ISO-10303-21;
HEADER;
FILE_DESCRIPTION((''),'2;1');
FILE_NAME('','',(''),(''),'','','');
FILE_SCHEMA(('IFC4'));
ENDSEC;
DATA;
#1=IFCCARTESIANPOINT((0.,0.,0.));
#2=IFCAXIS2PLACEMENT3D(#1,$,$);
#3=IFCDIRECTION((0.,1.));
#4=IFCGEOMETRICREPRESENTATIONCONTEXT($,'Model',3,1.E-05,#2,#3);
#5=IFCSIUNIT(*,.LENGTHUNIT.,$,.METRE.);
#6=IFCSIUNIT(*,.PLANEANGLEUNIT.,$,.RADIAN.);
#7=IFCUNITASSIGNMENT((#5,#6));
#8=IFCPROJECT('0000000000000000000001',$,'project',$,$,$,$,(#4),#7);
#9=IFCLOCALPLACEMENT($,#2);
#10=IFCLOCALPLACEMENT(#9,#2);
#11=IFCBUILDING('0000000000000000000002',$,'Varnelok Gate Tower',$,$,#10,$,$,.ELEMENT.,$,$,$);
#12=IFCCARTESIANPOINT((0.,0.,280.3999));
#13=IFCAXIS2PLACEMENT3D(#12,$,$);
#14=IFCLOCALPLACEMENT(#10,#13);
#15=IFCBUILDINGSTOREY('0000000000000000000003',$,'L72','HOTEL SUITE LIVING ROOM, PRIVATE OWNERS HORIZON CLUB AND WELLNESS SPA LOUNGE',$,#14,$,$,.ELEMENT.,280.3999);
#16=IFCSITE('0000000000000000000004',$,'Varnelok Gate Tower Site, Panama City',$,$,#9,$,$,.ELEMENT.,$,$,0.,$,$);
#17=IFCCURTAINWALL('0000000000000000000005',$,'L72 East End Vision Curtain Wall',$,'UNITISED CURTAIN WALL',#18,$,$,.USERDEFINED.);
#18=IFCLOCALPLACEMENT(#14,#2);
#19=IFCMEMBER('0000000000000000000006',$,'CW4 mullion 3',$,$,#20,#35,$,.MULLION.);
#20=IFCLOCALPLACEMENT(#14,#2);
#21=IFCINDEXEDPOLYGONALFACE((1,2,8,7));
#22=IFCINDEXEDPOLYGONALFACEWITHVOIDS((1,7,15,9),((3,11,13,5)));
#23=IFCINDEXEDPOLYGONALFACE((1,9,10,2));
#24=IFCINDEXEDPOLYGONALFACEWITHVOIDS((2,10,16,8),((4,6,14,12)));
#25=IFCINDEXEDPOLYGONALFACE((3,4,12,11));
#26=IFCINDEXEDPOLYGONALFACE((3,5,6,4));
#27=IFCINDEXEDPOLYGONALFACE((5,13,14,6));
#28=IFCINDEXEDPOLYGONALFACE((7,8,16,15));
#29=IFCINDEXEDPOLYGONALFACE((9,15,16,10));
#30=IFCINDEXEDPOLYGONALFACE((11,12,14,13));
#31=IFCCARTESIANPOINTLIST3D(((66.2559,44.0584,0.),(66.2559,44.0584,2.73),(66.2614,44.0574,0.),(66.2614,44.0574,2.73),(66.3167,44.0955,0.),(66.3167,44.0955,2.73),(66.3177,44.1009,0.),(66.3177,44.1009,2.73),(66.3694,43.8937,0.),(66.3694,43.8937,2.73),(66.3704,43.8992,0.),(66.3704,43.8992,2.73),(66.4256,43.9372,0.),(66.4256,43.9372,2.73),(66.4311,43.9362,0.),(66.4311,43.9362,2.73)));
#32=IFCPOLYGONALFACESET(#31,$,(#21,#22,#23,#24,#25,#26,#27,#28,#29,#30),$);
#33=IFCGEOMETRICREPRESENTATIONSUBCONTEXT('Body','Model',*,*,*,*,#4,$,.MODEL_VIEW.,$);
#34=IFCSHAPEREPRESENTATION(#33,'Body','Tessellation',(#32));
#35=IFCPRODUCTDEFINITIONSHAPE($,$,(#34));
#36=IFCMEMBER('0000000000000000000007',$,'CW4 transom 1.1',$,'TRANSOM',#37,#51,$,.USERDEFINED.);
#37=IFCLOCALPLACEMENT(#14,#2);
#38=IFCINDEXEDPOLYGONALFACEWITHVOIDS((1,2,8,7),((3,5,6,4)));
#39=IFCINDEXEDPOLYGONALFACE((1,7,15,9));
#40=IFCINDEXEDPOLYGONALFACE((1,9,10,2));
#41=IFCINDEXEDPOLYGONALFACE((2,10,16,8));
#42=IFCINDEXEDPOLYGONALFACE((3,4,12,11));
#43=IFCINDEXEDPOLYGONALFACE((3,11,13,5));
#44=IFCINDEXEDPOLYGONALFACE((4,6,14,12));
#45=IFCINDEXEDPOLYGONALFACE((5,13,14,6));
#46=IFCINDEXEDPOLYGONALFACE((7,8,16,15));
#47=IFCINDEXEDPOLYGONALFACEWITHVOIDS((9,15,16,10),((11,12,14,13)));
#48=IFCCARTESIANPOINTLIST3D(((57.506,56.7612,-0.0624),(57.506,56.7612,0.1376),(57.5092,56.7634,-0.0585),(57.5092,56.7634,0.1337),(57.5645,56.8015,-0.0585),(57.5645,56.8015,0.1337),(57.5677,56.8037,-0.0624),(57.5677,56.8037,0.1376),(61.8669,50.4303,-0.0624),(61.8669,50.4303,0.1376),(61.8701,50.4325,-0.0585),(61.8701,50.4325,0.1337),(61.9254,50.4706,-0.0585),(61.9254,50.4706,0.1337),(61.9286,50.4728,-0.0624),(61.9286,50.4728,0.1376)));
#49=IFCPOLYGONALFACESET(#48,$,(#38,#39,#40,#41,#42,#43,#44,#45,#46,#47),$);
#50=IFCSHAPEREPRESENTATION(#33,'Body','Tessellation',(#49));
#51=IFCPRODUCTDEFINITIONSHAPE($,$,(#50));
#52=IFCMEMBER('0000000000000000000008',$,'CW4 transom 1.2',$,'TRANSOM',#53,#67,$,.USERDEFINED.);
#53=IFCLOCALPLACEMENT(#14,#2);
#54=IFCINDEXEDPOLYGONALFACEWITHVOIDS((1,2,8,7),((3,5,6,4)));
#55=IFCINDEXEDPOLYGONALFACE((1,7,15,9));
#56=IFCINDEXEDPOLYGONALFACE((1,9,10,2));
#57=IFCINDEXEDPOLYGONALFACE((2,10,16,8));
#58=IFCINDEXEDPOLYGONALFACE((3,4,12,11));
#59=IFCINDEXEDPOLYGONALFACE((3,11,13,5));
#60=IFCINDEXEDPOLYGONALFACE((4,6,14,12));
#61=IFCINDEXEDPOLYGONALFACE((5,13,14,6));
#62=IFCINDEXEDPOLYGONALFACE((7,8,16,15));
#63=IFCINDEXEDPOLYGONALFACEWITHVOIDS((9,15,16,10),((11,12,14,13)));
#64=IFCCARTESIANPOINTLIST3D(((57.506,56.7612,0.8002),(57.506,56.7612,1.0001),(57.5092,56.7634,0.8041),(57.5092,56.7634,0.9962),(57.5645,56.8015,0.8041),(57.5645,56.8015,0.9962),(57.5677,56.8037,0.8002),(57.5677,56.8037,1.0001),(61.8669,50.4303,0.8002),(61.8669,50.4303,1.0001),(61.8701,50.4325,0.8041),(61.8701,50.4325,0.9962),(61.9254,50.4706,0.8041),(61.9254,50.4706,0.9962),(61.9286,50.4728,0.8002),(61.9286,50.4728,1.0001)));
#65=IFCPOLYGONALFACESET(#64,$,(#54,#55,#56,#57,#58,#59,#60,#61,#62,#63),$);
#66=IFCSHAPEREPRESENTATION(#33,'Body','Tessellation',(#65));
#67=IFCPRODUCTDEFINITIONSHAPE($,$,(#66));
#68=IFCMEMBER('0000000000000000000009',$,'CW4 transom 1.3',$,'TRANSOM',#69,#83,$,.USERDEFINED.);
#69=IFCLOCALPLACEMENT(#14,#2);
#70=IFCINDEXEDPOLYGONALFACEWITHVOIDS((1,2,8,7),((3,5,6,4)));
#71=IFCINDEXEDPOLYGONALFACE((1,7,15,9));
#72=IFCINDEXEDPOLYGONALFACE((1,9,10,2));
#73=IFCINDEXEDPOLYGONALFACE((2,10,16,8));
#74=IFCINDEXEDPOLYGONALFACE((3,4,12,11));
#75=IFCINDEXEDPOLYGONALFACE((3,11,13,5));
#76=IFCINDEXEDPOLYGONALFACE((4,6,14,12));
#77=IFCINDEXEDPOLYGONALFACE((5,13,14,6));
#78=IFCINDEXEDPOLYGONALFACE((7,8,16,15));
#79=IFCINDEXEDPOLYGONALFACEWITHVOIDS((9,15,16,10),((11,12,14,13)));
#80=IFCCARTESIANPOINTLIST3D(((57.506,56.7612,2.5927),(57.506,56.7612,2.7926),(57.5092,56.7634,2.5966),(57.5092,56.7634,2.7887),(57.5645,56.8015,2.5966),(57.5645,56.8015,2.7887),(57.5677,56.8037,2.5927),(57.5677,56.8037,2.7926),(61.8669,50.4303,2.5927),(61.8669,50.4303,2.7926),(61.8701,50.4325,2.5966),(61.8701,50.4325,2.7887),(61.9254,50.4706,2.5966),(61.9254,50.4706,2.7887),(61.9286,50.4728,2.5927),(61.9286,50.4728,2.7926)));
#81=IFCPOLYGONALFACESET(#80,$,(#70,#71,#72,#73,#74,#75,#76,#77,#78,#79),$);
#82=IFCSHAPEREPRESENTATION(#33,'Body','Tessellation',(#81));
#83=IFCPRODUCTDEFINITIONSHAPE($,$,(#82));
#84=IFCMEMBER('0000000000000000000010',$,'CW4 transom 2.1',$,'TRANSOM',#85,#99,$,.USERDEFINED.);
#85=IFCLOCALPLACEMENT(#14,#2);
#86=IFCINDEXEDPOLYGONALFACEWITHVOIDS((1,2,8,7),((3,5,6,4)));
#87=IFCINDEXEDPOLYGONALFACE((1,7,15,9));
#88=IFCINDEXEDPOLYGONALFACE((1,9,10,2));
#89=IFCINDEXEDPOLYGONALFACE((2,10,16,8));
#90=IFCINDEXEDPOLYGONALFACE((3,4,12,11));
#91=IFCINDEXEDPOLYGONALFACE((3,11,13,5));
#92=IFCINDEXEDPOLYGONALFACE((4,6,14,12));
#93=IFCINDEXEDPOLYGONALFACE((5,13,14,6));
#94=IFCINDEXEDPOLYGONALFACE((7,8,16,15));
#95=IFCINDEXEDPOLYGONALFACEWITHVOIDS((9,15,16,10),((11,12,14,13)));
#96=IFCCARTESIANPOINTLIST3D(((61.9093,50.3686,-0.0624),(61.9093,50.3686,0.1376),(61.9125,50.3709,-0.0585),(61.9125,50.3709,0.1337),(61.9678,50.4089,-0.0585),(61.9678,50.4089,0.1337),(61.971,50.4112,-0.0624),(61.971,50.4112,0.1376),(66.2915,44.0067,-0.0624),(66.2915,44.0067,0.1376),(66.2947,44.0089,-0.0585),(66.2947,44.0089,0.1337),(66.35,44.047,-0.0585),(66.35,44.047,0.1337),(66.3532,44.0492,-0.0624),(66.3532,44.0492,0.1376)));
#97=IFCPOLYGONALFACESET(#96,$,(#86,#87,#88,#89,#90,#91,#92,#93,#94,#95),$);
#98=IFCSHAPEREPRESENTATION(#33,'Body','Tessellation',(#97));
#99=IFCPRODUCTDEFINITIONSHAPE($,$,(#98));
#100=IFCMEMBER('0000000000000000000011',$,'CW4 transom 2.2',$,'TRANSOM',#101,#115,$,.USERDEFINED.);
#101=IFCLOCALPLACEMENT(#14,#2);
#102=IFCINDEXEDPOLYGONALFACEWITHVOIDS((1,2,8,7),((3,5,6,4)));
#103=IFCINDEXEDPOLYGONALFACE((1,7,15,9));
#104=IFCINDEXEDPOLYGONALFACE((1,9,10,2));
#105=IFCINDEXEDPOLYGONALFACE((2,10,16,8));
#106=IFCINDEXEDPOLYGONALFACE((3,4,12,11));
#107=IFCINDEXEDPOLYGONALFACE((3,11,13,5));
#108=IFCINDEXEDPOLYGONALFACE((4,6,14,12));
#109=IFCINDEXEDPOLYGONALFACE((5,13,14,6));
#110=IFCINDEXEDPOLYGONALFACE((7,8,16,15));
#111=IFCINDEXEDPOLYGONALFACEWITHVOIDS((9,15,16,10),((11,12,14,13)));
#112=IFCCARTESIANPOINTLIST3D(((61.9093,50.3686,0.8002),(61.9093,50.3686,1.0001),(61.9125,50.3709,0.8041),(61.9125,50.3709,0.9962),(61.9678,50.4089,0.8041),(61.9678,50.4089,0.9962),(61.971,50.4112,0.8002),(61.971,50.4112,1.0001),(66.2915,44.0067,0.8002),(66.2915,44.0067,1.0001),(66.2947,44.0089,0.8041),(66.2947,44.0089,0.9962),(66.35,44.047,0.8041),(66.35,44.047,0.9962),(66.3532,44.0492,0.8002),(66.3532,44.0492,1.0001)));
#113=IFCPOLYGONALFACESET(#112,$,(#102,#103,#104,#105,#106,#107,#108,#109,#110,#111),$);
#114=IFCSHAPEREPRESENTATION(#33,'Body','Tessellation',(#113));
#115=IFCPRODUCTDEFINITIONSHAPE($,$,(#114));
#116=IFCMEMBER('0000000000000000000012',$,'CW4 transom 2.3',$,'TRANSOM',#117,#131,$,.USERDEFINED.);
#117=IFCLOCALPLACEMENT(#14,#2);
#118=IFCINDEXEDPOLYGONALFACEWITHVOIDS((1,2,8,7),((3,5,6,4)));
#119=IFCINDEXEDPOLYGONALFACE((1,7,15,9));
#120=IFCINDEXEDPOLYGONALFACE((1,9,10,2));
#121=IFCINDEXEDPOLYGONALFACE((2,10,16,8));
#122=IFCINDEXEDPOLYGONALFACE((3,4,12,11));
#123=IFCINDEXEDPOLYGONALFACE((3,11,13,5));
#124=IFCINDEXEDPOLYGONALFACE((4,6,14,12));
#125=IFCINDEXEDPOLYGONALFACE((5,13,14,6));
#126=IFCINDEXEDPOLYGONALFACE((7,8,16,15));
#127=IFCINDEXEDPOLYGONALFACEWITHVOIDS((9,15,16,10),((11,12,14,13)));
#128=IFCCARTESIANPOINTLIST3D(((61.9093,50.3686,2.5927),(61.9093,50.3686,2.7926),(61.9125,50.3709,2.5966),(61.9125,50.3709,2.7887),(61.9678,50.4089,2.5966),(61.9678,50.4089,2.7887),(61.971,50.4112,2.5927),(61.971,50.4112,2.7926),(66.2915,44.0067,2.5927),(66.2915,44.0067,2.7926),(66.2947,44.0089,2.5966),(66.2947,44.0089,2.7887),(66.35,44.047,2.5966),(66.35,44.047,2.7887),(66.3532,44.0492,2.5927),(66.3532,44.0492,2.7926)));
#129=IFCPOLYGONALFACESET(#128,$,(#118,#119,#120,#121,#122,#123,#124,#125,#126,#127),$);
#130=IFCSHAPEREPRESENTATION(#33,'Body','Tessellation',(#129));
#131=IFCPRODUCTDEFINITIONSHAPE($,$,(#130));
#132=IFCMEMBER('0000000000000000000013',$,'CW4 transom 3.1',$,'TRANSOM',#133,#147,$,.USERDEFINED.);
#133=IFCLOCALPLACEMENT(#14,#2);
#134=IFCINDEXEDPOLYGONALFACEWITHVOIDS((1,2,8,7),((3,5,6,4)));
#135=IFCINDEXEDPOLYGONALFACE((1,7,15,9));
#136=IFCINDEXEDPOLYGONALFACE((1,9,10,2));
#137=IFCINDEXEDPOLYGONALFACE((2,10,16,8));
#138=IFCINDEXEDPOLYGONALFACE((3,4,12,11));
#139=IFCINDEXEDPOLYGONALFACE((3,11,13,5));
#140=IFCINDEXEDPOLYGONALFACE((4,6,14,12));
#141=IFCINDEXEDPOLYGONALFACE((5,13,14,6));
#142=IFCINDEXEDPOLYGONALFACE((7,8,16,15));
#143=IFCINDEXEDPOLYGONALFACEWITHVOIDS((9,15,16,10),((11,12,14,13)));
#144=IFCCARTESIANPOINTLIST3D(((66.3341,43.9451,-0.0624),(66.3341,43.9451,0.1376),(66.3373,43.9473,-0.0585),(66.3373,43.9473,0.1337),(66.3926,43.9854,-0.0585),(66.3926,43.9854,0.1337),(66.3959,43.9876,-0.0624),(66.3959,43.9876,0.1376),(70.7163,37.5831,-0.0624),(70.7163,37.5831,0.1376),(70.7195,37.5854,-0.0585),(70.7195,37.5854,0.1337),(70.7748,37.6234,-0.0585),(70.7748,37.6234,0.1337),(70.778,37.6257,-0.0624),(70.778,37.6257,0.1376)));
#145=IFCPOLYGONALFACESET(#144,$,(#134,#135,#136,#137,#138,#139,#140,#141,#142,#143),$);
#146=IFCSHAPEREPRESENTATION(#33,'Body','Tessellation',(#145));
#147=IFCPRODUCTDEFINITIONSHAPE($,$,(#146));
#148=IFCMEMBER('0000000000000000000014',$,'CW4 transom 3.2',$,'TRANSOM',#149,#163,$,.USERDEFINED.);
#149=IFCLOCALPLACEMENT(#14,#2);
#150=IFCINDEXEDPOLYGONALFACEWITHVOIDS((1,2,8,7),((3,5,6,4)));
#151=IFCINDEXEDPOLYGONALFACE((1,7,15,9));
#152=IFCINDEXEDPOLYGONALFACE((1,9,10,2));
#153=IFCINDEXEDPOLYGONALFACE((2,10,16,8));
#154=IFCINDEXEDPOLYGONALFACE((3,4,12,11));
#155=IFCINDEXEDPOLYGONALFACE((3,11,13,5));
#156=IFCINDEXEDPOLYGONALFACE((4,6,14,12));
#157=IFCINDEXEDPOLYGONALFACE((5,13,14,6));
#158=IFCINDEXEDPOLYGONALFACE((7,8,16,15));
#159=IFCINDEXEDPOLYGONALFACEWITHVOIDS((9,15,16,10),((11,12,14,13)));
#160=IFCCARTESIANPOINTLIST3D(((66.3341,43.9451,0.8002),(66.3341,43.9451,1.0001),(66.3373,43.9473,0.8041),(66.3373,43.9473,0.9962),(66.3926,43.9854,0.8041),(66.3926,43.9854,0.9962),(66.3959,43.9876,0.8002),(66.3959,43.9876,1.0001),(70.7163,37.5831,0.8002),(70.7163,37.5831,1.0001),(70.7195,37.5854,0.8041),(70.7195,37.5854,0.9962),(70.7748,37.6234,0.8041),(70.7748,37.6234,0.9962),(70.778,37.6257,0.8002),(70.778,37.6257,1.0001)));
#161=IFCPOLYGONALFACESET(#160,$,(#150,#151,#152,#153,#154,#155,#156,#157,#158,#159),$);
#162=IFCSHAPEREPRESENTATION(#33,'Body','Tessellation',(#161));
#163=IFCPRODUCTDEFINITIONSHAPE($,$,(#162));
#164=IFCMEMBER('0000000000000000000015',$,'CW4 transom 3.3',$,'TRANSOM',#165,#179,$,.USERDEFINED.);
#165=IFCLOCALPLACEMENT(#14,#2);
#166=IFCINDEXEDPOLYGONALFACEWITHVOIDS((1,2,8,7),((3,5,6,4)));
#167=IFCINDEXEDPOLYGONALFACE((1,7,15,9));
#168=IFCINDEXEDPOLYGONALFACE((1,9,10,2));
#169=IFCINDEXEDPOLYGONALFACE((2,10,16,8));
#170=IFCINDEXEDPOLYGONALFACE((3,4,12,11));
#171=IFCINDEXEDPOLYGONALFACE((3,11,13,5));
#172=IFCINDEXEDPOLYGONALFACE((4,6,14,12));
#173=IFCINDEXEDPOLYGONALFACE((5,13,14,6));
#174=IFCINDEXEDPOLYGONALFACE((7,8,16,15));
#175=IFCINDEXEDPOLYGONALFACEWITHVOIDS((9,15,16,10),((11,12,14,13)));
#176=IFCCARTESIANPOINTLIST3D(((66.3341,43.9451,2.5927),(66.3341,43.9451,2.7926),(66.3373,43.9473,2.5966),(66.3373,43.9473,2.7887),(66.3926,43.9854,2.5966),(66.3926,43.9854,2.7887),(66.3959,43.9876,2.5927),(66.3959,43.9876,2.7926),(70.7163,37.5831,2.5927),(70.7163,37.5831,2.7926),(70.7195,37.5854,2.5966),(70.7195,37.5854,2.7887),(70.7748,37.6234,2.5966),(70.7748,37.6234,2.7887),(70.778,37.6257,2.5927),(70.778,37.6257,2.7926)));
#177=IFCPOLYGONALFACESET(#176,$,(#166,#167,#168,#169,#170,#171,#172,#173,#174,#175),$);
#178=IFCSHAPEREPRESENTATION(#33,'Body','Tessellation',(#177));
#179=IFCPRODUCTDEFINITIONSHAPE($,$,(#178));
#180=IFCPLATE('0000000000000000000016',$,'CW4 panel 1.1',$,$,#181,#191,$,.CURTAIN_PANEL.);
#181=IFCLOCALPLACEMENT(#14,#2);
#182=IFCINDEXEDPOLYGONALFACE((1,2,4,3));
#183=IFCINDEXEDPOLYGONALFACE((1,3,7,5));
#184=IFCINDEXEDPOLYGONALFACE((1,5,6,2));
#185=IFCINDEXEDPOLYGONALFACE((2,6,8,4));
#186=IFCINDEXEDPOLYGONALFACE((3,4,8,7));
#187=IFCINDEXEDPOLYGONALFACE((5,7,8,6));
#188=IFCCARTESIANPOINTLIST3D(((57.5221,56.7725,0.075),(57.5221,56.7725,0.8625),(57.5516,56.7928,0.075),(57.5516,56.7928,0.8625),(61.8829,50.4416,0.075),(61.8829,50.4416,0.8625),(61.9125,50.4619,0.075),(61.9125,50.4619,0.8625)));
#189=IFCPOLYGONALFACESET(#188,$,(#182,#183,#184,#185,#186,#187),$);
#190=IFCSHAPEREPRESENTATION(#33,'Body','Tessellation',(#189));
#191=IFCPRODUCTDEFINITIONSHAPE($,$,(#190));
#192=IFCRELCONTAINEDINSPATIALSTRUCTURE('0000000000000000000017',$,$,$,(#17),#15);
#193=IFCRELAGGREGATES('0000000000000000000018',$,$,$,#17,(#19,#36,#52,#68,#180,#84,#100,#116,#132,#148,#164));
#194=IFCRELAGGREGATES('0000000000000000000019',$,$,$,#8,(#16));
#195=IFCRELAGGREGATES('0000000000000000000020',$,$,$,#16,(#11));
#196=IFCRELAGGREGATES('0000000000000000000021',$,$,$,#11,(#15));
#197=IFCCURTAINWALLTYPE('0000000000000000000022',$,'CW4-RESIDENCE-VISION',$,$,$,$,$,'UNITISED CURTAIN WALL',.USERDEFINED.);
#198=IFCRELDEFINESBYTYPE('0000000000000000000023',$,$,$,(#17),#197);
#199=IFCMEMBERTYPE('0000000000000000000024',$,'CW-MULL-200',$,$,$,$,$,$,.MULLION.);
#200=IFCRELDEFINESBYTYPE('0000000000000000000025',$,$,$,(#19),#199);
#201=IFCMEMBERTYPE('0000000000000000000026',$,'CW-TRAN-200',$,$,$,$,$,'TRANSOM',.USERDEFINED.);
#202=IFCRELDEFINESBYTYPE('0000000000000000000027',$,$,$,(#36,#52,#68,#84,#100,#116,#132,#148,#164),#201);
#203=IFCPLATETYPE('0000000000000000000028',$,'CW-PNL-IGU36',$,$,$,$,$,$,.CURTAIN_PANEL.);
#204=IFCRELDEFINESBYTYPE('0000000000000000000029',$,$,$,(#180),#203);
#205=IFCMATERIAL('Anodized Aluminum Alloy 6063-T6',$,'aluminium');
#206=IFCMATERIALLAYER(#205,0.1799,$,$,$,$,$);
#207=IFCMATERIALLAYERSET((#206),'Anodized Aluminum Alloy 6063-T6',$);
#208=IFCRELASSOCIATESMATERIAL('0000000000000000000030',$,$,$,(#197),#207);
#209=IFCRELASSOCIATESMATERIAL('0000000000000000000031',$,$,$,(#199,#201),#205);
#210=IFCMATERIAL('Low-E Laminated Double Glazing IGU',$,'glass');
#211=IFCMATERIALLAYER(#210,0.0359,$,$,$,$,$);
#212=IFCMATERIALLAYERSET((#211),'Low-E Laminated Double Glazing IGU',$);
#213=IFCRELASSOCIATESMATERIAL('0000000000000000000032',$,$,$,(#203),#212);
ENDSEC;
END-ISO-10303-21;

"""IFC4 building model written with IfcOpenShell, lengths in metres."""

from ifc_helpers import new_model, si_unit, direction, frame, origin, origin_2d, place, context, subcontext, project, spatial, rectangle, hollow_rectangle, extrude, source, transform, mapped, material, layer, layer_set, material_profile, profile_set, type_object, element, aggregate, save


model = new_model("IFC4")

# Units and contexts
model_context = context("Model", 3, precision=1e-05, world=origin(), true_north=direction((0.0, 1.0)))
body_context = subcontext(model_context, "Body", "Model", "MODEL_VIEW")
ifc_project = project(units=[si_unit("LENGTHUNIT", "METRE"), si_unit("PLANEANGLEUNIT", "RADIAN")], contexts=[model_context])

# Site, building, storey
site_placement = place(None, origin())
site = spatial("IfcSite", under=ifc_project, at=site_placement, Name="Varnelok Gate Tower Site, Panama City", CompositionType="ELEMENT", RefElevation=0.0)
building_placement = place(site_placement, origin())
building = spatial("IfcBuilding", under=site, at=building_placement, Name="Varnelok Gate Tower", CompositionType="ELEMENT")
storey_placement = place(building_placement, frame((0.0, 0.0, 280.3999)))
storey = spatial("IfcBuildingStorey", under=building, at=storey_placement, Name="L72", Description="HOTEL SUITE LIVING ROOM, PRIVATE OWNERS HORIZON CLUB AND WELLNESS SPA LOUNGE", CompositionType="ELEMENT", Elevation=280.3999)

# Curtain wall, members, plate
ifc_material_1 = material(Name="Anodized Aluminum Alloy 6063-T6", Category="aluminium")
ifc_layer_1 = layer(ifc_material_1, 0.1799)
ifc_layer_set_1 = layer_set([ifc_layer_1], Name="Anodized Aluminum Alloy 6063-T6")
curtain_wall_type = type_object("IfcCurtainWallType", Name="CW4-RESIDENCE-VISION", ElementType="UNITISED CURTAIN WALL", PredefinedType="USERDEFINED", material=ifc_layer_set_1)
curtain_wall_placement = place(storey_placement, origin())
curtain_wall = element("IfcCurtainWall", 1, at=curtain_wall_placement, inside=storey, type_object=curtain_wall_type, Name="L72 East End Vision Curtain Wall", ObjectType="UNITISED CURTAIN WALL", PredefinedType="USERDEFINED")
ifc_material_profile_1 = material_profile(ifc_material_1, hollow_rectangle(XDim=0.075, YDim=0.2, WallThickness=0.0039, at=origin_2d()), Name="ALU200X75X4")
ifc_profile_set_1 = profile_set([ifc_material_profile_1], Name="Anodized Aluminum Alloy 6063-T6")
member_type_1 = type_object("IfcMemberType", Name="CW-MULL-200", PredefinedType="MULLION", material=ifc_profile_set_1)
member_1_placement = place(storey_placement, frame((66.3435, 43.9973, 0.0), z_axis=(0.0, 0.0, 1.0), x_axis=(0.823532, 0.567269, 0.0)))
member_1 = element("IfcMember", 2, at=member_1_placement, type_object=member_type_1, Name="CW4 mullion 3", PredefinedType="MULLION", context=body_context, shape_type="SweptSolid", body=[
    extrude(hollow_rectangle(XDim=0.075, YDim=0.2, WallThickness=0.0039, at=origin_2d()), origin(), (0.0, 0.0, 1.0), 2.73),
])
ifc_material_profile_2 = material_profile(ifc_material_1, hollow_rectangle(XDim=0.075, YDim=0.2, WallThickness=0.0039, at=origin_2d()), Name="ALU200X75X4")
ifc_profile_set_2 = profile_set([ifc_material_profile_2], Name="Anodized Aluminum Alloy 6063-T6")
member_type_2 = type_object("IfcMemberType", Name="CW-TRAN-200", ElementType="TRANSOM", PredefinedType="USERDEFINED", material=ifc_profile_set_2)
member_2_placement = place(storey_placement, frame((57.5369, 56.7825, 0.0376), z_axis=(0.567271, -0.823531, 0.0), x_axis=(0.823531, 0.567271, 0.0)))
member_2 = element("IfcMember", 3, at=member_2_placement, type_object=member_type_2, Name="CW4 transom 1.1", ObjectType="TRANSOM", PredefinedType="USERDEFINED", context=body_context, shape_type="SweptSolid", body=[
    extrude(hollow_rectangle(XDim=0.075, YDim=0.2, WallThickness=0.0039, at=origin_2d()), origin(), (0.0, 0.0, 1.0), 7.6875),
])
member_3_placement = place(storey_placement, frame((57.5369, 56.7825, 0.9001), z_axis=(0.567271, -0.823531, 0.0), x_axis=(0.823531, 0.567271, 0.0)))
member_3 = element("IfcMember", 4, at=member_3_placement, type_object=member_type_2, Name="CW4 transom 1.2", ObjectType="TRANSOM", PredefinedType="USERDEFINED", context=body_context, shape_type="SweptSolid", body=[
    extrude(hollow_rectangle(XDim=0.075, YDim=0.2, WallThickness=0.0039, at=origin_2d()), origin(), (0.0, 0.0, 1.0), 7.6875),
])
member_4_placement = place(storey_placement, frame((57.5369, 56.7825, 2.6926), z_axis=(0.567271, -0.823531, 0.0), x_axis=(0.823531, 0.567271, 0.0)))
member_4 = element("IfcMember", 5, at=member_4_placement, type_object=member_type_2, Name="CW4 transom 1.3", ObjectType="TRANSOM", PredefinedType="USERDEFINED", context=body_context, shape_type="SweptSolid", body=[
    extrude(hollow_rectangle(XDim=0.075, YDim=0.2, WallThickness=0.0039, at=origin_2d()), origin(), (0.0, 0.0, 1.0), 7.6875),
])
member_5_placement = place(storey_placement, frame((61.9402, 50.3899, 0.0376), z_axis=(0.567261, -0.823538, 0.0), x_axis=(0.823538, 0.567261, 0.0)))
member_5 = element("IfcMember", 6, at=member_5_placement, type_object=member_type_2, Name="CW4 transom 2.1", ObjectType="TRANSOM", PredefinedType="USERDEFINED", context=body_context, shape_type="SweptSolid", body=[
    extrude(hollow_rectangle(XDim=0.075, YDim=0.2, WallThickness=0.0039, at=origin_2d()), origin(), (0.0, 0.0, 1.0), 7.7251),
])
member_6_placement = place(storey_placement, frame((61.9402, 50.3899, 0.9001), z_axis=(0.567261, -0.823538, 0.0), x_axis=(0.823538, 0.567261, 0.0)))
member_6 = element("IfcMember", 7, at=member_6_placement, type_object=member_type_2, Name="CW4 transom 2.2", ObjectType="TRANSOM", PredefinedType="USERDEFINED", context=body_context, shape_type="SweptSolid", body=[
    extrude(hollow_rectangle(XDim=0.075, YDim=0.2, WallThickness=0.0039, at=origin_2d()), origin(), (0.0, 0.0, 1.0), 7.7251),
])
member_7_placement = place(storey_placement, frame((61.9402, 50.3899, 2.6926), z_axis=(0.567261, -0.823538, 0.0), x_axis=(0.823538, 0.567261, 0.0)))
member_7 = element("IfcMember", 8, at=member_7_placement, type_object=member_type_2, Name="CW4 transom 2.3", ObjectType="TRANSOM", PredefinedType="USERDEFINED", context=body_context, shape_type="SweptSolid", body=[
    extrude(hollow_rectangle(XDim=0.075, YDim=0.2, WallThickness=0.0039, at=origin_2d()), origin(), (0.0, 0.0, 1.0), 7.7251),
])
member_8_placement = place(storey_placement, frame((66.365, 43.9663, 0.0376), z_axis=(0.567261, -0.823538, 0.0), x_axis=(0.823538, 0.567261, 0.0)))
member_8 = element("IfcMember", 9, at=member_8_placement, type_object=member_type_2, Name="CW4 transom 3.1", ObjectType="TRANSOM", PredefinedType="USERDEFINED", context=body_context, shape_type="SweptSolid", body=[
    extrude(hollow_rectangle(XDim=0.075, YDim=0.2, WallThickness=0.0039, at=origin_2d()), origin(), (0.0, 0.0, 1.0), 7.7251),
])
member_9_placement = place(storey_placement, frame((66.365, 43.9663, 0.9001), z_axis=(0.567261, -0.823538, 0.0), x_axis=(0.823538, 0.567261, 0.0)))
member_9 = element("IfcMember", 10, at=member_9_placement, type_object=member_type_2, Name="CW4 transom 3.2", ObjectType="TRANSOM", PredefinedType="USERDEFINED", context=body_context, shape_type="SweptSolid", body=[
    extrude(hollow_rectangle(XDim=0.075, YDim=0.2, WallThickness=0.0039, at=origin_2d()), origin(), (0.0, 0.0, 1.0), 7.7251),
])
member_10_placement = place(storey_placement, frame((66.365, 43.9663, 2.6926), z_axis=(0.567261, -0.823538, 0.0), x_axis=(0.823538, 0.567261, 0.0)))
member_10 = element("IfcMember", 11, at=member_10_placement, type_object=member_type_2, Name="CW4 transom 3.3", ObjectType="TRANSOM", PredefinedType="USERDEFINED", context=body_context, shape_type="SweptSolid", body=[
    extrude(hollow_rectangle(XDim=0.075, YDim=0.2, WallThickness=0.0039, at=origin_2d()), origin(), (0.0, 0.0, 1.0), 7.7251),
])
ifc_material_2 = material(Name="Low-E Laminated Double Glazing IGU", Category="glass")
ifc_layer_2 = layer(ifc_material_2, 0.0359)
ifc_layer_set_2 = layer_set([ifc_layer_2], Name="Low-E Laminated Double Glazing IGU")
plate_type = type_object("IfcPlateType", Name="CW-PNL-IGU36", PredefinedType="CURTAIN_PANEL", material=ifc_layer_set_2)
shared_shape_1 = source(origin(), body_context, "Body", "SweptSolid", [
    extrude(rectangle(XDim=7.6875, YDim=0.0359, at=origin_2d()), origin(), (0.0, 0.0, 1.0), 0.7876),
])
plate_1_placement = place(storey_placement, frame((59.7173, 53.6172, 0.075), z_axis=(0.0, 0.0, 1.0), x_axis=(0.567269, -0.823532, 0.0)))
plate_1 = element("IfcPlate", 12, at=plate_1_placement, type_object=plate_type, Name="CW4 panel 1.1", PredefinedType="CURTAIN_PANEL", context=body_context, shape_type="MappedRepresentation", body=[
    mapped(shared_shape_1, transform((0.0, 0.0, 0.0), scale=1.0)),
])
aggregate(curtain_wall, [member_1, member_2, member_3, member_4, plate_1, member_5, member_6, member_7, member_8, member_9, member_10])

save(model, "model.ifc")
